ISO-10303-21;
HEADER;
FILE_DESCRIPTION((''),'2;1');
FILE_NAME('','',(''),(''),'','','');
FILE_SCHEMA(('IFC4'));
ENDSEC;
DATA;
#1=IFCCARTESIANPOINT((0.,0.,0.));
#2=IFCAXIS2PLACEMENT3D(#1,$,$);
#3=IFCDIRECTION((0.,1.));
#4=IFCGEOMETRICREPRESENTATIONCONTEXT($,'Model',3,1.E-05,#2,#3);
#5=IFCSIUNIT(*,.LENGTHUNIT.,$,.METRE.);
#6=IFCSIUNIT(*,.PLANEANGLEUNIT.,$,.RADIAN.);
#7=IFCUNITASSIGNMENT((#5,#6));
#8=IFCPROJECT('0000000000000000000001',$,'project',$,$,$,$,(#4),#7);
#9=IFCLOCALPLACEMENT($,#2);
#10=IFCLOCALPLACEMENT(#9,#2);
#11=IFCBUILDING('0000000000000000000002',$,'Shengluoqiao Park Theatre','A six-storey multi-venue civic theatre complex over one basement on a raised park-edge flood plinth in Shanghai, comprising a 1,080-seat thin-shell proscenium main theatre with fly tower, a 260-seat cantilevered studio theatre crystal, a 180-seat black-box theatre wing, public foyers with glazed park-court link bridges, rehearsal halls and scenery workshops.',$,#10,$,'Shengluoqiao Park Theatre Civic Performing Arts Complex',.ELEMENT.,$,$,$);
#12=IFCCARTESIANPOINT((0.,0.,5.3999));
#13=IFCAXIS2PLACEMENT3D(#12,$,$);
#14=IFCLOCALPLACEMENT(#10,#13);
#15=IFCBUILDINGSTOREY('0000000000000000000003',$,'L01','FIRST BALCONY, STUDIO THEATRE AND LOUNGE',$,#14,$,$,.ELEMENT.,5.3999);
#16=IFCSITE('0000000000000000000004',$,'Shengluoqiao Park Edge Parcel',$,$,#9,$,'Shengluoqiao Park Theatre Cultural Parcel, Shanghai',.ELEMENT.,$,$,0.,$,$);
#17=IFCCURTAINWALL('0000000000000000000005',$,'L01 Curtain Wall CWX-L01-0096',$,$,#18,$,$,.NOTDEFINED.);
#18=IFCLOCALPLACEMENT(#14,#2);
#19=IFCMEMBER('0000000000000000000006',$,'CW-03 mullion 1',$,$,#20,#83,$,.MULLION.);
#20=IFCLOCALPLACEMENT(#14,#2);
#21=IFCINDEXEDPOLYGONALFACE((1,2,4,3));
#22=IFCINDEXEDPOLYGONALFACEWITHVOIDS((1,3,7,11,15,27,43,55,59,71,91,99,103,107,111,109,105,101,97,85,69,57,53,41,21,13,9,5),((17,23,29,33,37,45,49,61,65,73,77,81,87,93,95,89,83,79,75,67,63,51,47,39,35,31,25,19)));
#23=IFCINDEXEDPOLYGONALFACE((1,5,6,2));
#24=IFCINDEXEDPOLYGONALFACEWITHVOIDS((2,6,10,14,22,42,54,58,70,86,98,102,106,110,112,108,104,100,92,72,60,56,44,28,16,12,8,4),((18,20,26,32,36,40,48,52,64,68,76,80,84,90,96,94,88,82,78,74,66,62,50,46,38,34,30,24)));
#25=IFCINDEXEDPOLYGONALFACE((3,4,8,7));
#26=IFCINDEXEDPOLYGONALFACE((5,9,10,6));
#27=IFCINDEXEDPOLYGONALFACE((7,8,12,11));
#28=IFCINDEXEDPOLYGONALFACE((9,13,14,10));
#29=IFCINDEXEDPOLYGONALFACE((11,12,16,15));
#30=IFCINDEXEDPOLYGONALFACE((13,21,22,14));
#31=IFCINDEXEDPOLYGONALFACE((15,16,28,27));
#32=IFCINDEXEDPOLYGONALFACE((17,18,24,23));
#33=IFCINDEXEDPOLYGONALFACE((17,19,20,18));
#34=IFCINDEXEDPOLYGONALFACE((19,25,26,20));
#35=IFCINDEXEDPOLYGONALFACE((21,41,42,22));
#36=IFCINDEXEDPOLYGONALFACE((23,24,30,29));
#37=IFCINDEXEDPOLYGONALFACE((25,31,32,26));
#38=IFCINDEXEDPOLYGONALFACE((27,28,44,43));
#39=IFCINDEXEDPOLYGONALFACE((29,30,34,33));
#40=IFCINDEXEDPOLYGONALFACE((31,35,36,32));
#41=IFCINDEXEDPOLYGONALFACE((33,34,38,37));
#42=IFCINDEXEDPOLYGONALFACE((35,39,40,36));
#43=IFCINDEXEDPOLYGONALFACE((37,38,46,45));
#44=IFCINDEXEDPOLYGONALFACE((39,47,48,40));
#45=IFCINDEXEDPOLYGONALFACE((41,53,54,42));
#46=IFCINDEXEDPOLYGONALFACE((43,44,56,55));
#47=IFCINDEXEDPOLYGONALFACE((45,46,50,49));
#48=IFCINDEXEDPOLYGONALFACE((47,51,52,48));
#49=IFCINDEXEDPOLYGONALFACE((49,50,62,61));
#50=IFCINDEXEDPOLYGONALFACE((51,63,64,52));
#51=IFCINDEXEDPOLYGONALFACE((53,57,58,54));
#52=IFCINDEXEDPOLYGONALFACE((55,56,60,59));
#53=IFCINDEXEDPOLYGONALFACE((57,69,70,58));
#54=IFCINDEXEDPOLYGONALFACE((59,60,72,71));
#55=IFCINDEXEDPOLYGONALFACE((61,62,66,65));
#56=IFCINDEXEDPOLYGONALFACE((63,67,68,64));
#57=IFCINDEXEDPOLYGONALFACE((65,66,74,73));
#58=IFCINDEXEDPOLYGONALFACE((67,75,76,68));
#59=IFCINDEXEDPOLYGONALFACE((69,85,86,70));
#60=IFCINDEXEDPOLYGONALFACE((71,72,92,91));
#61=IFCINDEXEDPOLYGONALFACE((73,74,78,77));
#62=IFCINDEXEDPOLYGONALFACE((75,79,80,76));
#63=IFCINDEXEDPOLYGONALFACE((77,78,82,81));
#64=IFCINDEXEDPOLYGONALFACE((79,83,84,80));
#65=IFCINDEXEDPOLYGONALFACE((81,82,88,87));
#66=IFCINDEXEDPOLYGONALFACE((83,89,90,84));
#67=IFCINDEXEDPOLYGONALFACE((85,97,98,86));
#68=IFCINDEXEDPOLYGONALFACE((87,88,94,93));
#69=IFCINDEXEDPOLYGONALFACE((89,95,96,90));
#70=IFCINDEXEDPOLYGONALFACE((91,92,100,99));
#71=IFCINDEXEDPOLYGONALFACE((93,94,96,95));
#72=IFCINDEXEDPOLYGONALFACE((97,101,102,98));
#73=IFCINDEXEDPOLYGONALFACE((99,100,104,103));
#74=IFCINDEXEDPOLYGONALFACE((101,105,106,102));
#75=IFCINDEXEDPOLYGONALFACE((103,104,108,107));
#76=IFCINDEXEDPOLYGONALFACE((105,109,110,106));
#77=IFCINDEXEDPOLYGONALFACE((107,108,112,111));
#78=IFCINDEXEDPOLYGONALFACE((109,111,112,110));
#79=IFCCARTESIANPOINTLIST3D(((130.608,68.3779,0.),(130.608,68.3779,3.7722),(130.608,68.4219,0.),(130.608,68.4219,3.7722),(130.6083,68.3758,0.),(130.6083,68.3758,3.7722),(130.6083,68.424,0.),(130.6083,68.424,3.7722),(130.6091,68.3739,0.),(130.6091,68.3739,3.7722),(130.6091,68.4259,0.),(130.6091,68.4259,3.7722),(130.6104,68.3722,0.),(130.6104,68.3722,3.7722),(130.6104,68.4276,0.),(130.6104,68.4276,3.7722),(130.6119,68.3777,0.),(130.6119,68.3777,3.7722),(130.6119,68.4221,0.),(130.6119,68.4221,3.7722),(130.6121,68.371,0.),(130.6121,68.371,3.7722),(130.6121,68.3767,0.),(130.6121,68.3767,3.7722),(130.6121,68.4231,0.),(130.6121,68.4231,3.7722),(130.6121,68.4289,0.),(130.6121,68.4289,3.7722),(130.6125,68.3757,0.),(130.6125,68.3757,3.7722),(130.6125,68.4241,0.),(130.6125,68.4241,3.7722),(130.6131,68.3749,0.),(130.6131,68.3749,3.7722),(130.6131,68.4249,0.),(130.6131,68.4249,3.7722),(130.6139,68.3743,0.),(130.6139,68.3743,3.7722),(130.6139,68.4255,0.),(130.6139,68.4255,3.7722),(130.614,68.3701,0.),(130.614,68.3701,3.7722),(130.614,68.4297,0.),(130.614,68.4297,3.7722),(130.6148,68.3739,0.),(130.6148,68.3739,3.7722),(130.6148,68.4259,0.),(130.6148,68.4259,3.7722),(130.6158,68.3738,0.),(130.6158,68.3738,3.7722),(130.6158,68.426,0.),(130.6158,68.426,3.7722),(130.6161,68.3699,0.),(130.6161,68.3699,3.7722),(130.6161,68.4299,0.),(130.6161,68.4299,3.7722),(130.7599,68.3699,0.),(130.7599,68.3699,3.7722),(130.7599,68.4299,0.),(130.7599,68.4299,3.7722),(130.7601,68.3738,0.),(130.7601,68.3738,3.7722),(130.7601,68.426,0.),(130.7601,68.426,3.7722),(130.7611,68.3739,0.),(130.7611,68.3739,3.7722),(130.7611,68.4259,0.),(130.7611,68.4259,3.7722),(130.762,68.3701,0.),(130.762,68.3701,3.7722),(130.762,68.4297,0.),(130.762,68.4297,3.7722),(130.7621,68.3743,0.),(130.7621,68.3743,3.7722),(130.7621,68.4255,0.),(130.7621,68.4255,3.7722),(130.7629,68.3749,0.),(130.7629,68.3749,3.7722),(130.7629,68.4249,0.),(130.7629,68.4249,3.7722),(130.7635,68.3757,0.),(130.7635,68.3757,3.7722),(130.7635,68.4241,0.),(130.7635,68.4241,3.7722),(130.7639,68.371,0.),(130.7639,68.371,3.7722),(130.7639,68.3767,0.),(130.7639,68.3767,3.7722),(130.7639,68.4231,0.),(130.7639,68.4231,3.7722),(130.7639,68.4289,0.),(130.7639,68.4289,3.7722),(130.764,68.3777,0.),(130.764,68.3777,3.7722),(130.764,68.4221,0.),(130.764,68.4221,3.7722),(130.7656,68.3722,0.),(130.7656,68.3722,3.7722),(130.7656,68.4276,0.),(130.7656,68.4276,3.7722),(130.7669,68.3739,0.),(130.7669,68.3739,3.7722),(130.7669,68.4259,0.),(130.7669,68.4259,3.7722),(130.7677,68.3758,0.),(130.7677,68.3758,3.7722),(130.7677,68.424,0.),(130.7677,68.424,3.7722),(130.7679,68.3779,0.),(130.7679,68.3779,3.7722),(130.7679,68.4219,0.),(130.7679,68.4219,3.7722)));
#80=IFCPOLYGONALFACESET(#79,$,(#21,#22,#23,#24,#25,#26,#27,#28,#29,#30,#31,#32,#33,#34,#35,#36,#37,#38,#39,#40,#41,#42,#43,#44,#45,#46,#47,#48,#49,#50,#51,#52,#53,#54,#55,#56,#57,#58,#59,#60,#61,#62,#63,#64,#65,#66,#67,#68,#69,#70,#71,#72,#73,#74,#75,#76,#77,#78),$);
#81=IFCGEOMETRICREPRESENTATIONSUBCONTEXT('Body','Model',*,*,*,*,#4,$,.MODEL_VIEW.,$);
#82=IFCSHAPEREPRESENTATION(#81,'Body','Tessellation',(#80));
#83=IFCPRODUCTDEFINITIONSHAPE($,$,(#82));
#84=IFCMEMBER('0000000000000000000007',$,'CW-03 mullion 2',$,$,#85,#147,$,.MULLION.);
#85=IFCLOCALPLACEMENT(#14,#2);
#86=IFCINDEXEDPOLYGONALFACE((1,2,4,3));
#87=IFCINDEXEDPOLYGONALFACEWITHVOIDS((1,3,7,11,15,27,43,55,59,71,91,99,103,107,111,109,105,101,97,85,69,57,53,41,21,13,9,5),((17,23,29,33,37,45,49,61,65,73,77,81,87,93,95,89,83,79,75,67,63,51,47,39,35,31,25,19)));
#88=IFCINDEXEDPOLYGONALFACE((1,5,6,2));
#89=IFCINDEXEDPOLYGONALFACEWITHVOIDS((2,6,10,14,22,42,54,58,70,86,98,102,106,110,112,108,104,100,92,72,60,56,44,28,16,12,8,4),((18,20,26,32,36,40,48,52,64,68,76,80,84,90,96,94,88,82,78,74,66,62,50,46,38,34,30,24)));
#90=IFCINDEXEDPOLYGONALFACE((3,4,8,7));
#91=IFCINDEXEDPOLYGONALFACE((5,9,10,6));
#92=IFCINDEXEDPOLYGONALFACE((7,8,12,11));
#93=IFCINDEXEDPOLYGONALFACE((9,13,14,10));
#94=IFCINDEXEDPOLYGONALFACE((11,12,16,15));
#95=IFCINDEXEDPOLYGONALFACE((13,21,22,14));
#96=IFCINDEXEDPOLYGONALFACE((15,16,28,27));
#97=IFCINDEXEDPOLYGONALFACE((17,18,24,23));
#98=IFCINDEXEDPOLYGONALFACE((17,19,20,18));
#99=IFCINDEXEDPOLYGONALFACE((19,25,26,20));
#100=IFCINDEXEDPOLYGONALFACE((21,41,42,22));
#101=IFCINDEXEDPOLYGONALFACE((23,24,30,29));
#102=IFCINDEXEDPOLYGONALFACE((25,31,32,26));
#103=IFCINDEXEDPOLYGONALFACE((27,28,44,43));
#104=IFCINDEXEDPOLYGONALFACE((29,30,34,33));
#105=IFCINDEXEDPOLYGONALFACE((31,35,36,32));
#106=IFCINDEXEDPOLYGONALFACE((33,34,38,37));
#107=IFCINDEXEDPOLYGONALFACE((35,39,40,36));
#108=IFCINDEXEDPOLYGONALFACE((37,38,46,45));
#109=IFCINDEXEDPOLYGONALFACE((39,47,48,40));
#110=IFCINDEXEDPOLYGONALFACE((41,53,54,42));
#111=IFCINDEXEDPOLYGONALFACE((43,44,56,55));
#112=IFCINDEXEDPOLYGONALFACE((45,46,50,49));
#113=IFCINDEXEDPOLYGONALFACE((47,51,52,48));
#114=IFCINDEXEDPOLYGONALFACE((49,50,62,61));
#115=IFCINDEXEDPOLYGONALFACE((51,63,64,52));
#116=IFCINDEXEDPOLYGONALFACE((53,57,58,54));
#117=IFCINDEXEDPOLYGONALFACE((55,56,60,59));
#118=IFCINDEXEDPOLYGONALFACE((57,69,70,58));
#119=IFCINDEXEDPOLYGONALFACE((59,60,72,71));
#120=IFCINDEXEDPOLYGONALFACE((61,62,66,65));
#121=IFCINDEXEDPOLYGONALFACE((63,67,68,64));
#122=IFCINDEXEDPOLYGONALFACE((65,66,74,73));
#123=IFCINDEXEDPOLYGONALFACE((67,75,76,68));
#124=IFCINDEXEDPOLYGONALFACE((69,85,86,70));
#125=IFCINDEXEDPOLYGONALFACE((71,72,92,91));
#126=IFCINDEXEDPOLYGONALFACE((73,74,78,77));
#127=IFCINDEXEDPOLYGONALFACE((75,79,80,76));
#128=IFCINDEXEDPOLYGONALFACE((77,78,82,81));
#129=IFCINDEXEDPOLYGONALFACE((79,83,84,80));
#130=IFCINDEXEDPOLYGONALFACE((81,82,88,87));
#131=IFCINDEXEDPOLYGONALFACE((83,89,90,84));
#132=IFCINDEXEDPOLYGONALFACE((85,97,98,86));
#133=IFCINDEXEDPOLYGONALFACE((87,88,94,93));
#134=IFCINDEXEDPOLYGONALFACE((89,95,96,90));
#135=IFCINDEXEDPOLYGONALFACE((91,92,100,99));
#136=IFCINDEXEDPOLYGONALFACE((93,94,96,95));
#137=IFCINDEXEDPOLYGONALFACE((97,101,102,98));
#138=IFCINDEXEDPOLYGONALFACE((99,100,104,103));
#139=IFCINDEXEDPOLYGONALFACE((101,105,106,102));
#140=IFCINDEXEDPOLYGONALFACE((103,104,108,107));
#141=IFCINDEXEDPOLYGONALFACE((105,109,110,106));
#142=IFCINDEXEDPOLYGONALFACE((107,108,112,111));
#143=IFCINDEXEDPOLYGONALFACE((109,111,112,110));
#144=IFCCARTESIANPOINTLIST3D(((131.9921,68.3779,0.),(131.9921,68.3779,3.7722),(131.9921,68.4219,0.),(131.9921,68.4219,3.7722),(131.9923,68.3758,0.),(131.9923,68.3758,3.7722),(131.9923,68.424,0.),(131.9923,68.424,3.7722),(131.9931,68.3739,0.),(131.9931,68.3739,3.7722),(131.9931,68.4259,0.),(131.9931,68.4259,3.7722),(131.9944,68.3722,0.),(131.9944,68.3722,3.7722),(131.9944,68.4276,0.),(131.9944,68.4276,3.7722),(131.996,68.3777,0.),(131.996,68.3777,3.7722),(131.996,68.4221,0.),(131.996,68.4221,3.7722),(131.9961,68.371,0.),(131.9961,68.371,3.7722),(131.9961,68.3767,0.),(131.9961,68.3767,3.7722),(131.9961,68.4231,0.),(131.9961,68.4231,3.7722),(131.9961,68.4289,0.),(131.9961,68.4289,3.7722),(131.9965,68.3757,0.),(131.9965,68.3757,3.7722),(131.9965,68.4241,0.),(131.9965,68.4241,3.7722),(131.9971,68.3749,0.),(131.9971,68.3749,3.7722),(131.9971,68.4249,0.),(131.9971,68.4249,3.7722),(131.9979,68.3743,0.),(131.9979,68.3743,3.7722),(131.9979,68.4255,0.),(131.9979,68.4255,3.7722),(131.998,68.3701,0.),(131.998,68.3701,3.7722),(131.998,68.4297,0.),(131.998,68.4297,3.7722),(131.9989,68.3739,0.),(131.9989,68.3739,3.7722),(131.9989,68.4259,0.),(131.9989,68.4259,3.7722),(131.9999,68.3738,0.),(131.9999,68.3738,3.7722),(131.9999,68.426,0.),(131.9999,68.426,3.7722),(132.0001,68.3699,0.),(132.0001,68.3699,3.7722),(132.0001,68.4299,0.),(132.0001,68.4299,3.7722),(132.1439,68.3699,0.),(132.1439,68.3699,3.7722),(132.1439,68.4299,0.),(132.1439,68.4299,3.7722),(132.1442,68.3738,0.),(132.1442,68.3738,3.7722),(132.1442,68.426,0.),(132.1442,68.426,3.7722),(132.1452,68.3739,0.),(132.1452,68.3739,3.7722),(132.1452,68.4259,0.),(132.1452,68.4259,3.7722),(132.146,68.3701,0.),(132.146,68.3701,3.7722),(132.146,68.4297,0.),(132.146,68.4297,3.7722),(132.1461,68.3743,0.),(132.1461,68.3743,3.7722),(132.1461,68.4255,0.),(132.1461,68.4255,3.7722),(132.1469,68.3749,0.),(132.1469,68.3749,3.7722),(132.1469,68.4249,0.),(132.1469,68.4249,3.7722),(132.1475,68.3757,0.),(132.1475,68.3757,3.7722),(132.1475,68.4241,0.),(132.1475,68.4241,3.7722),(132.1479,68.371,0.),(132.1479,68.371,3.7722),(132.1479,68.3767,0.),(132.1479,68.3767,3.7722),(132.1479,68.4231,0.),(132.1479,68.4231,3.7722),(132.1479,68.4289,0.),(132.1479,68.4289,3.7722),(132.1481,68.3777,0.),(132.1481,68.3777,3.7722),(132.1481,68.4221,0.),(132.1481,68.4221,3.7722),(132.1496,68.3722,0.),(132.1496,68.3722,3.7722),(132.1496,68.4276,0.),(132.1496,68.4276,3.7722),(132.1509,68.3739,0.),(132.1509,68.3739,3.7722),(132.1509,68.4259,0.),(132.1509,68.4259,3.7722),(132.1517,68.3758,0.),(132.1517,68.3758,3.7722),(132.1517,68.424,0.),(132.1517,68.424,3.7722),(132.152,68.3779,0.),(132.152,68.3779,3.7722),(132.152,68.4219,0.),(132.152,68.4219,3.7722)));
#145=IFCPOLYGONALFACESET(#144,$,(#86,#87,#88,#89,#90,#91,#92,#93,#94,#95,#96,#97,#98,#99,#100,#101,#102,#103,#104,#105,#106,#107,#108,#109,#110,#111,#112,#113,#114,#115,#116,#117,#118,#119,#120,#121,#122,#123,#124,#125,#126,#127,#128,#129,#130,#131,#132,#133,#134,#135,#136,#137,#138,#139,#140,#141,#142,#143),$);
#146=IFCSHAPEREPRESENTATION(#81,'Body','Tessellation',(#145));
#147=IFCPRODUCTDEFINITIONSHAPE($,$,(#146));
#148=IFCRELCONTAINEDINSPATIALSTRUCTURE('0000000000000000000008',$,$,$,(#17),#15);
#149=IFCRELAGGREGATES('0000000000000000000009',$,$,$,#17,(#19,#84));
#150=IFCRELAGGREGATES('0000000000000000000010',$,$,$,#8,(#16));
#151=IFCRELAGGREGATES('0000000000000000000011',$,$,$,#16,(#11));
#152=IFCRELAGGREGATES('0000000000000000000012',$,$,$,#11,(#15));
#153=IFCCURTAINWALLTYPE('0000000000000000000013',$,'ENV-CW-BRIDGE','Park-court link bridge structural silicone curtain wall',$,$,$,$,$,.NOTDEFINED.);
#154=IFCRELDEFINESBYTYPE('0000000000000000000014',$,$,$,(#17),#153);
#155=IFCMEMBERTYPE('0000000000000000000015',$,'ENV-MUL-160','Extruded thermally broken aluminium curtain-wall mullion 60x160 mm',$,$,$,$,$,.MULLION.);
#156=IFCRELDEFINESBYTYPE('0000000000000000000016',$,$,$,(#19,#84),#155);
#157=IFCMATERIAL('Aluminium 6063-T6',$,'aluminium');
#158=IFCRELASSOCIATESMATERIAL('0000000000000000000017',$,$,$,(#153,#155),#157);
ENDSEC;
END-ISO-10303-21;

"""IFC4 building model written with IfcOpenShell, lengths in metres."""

from ifc_helpers import new_model, si_unit, direction, frame, origin, origin_2d, place, context, subcontext, project, spatial, hollow_rectangle, extrude, material, material_profile, profile_set, type_object, element, aggregate, save


model = new_model("IFC4")

# Units and contexts
model_context = context("Model", 3, precision=1e-05, world=origin(), true_north=direction((0.0, 1.0)))
body_context = subcontext(model_context, "Body", "Model", "MODEL_VIEW")
ifc_project = project(units=[si_unit("LENGTHUNIT", "METRE"), si_unit("PLANEANGLEUNIT", "RADIAN")], contexts=[model_context])

# Site, building, storey
site_placement = place(None, origin())
site = spatial("IfcSite", under=ifc_project, at=site_placement, Name="Shengluoqiao Park Edge Parcel", LongName="Shengluoqiao Park Theatre Cultural Parcel, Shanghai", CompositionType="ELEMENT", RefElevation=0.0)
building_placement = place(site_placement, origin())
building = spatial("IfcBuilding", under=site, at=building_placement, Name="Shengluoqiao Park Theatre", Description="A six-storey multi-venue civic theatre complex over one basement on a raised park-edge flood plinth in Shanghai, comprising a 1,080-seat thin-shell proscenium main theatre with fly tower, a 260-seat cantilevered studio theatre crystal, a 180-seat black-box theatre wing, public foyers with glazed park-court link bridges, rehearsal halls and scenery workshops.", LongName="Shengluoqiao Park Theatre Civic Performing Arts Complex", CompositionType="ELEMENT")
storey_placement = place(building_placement, frame((0.0, 0.0, 5.3999)))
storey = spatial("IfcBuildingStorey", under=building, at=storey_placement, Name="L01", Description="FIRST BALCONY, STUDIO THEATRE AND LOUNGE", CompositionType="ELEMENT", Elevation=5.3999)

# Curtain wall, members
ifc_material_1 = material(Name="Aluminium 6063-T6", Category="aluminium")
curtain_wall_type = type_object("IfcCurtainWallType", Name="ENV-CW-BRIDGE", Description="Park-court link bridge structural silicone curtain wall", PredefinedType="NOTDEFINED", material=ifc_material_1)
ifc_material_profile_1 = material_profile(ifc_material_1, hollow_rectangle(XDim=0.0601, YDim=0.1599, WallThickness=0.0039, InnerFilletRadius=0.0039, OuterFilletRadius=0.0081, at=origin_2d()), Name="ALU MULLION 160x60x4")
ifc_profile_set_1 = profile_set([ifc_material_profile_1], Name="Aluminium 6063-T6")
member_type_1 = type_object("IfcMemberType", Name="ENV-MUL-160", Description="Extruded thermally broken aluminium curtain-wall mullion 60x160 mm", PredefinedType="MULLION", material=ifc_profile_set_1)
curtain_wall_1_placement = place(storey_placement, origin())
curtain_wall_1 = element("IfcCurtainWall", 1, at=curtain_wall_1_placement, inside=storey, type_object=curtain_wall_type, Name="L01 Curtain Wall CWX-L01-0096", PredefinedType="NOTDEFINED")
member_1_placement = place(storey_placement, frame((130.688, 68.3999, 0.0), z_axis=(0.0, 0.0, 1.0), x_axis=(0.0, 1.0, 0.0)))
member_1 = element("IfcMember", 2, at=member_1_placement, type_object=member_type_1, Name="CW-03 mullion 1", PredefinedType="MULLION", context=body_context, shape_type="SweptSolid", body=[
    extrude(hollow_rectangle(XDim=0.0601, YDim=0.1599, WallThickness=0.0039, InnerFilletRadius=0.0039, OuterFilletRadius=0.0081, at=origin_2d()), origin(), (0.0, 0.0, 1.0), 3.7722),
])
member_2_placement = place(storey_placement, frame((132.072, 68.3999, 0.0), z_axis=(0.0, 0.0, 1.0), x_axis=(0.0, 1.0, 0.0)))
member_2 = element("IfcMember", 3, at=member_2_placement, type_object=member_type_1, Name="CW-03 mullion 2", PredefinedType="MULLION", context=body_context, shape_type="SweptSolid", body=[
    extrude(hollow_rectangle(XDim=0.0601, YDim=0.1599, WallThickness=0.0039, InnerFilletRadius=0.0039, OuterFilletRadius=0.0081, at=origin_2d()), origin(), (0.0, 0.0, 1.0), 3.7722),
])

aggregate(curtain_wall_1, [member_1, member_2])

save(model, "model.ifc")
